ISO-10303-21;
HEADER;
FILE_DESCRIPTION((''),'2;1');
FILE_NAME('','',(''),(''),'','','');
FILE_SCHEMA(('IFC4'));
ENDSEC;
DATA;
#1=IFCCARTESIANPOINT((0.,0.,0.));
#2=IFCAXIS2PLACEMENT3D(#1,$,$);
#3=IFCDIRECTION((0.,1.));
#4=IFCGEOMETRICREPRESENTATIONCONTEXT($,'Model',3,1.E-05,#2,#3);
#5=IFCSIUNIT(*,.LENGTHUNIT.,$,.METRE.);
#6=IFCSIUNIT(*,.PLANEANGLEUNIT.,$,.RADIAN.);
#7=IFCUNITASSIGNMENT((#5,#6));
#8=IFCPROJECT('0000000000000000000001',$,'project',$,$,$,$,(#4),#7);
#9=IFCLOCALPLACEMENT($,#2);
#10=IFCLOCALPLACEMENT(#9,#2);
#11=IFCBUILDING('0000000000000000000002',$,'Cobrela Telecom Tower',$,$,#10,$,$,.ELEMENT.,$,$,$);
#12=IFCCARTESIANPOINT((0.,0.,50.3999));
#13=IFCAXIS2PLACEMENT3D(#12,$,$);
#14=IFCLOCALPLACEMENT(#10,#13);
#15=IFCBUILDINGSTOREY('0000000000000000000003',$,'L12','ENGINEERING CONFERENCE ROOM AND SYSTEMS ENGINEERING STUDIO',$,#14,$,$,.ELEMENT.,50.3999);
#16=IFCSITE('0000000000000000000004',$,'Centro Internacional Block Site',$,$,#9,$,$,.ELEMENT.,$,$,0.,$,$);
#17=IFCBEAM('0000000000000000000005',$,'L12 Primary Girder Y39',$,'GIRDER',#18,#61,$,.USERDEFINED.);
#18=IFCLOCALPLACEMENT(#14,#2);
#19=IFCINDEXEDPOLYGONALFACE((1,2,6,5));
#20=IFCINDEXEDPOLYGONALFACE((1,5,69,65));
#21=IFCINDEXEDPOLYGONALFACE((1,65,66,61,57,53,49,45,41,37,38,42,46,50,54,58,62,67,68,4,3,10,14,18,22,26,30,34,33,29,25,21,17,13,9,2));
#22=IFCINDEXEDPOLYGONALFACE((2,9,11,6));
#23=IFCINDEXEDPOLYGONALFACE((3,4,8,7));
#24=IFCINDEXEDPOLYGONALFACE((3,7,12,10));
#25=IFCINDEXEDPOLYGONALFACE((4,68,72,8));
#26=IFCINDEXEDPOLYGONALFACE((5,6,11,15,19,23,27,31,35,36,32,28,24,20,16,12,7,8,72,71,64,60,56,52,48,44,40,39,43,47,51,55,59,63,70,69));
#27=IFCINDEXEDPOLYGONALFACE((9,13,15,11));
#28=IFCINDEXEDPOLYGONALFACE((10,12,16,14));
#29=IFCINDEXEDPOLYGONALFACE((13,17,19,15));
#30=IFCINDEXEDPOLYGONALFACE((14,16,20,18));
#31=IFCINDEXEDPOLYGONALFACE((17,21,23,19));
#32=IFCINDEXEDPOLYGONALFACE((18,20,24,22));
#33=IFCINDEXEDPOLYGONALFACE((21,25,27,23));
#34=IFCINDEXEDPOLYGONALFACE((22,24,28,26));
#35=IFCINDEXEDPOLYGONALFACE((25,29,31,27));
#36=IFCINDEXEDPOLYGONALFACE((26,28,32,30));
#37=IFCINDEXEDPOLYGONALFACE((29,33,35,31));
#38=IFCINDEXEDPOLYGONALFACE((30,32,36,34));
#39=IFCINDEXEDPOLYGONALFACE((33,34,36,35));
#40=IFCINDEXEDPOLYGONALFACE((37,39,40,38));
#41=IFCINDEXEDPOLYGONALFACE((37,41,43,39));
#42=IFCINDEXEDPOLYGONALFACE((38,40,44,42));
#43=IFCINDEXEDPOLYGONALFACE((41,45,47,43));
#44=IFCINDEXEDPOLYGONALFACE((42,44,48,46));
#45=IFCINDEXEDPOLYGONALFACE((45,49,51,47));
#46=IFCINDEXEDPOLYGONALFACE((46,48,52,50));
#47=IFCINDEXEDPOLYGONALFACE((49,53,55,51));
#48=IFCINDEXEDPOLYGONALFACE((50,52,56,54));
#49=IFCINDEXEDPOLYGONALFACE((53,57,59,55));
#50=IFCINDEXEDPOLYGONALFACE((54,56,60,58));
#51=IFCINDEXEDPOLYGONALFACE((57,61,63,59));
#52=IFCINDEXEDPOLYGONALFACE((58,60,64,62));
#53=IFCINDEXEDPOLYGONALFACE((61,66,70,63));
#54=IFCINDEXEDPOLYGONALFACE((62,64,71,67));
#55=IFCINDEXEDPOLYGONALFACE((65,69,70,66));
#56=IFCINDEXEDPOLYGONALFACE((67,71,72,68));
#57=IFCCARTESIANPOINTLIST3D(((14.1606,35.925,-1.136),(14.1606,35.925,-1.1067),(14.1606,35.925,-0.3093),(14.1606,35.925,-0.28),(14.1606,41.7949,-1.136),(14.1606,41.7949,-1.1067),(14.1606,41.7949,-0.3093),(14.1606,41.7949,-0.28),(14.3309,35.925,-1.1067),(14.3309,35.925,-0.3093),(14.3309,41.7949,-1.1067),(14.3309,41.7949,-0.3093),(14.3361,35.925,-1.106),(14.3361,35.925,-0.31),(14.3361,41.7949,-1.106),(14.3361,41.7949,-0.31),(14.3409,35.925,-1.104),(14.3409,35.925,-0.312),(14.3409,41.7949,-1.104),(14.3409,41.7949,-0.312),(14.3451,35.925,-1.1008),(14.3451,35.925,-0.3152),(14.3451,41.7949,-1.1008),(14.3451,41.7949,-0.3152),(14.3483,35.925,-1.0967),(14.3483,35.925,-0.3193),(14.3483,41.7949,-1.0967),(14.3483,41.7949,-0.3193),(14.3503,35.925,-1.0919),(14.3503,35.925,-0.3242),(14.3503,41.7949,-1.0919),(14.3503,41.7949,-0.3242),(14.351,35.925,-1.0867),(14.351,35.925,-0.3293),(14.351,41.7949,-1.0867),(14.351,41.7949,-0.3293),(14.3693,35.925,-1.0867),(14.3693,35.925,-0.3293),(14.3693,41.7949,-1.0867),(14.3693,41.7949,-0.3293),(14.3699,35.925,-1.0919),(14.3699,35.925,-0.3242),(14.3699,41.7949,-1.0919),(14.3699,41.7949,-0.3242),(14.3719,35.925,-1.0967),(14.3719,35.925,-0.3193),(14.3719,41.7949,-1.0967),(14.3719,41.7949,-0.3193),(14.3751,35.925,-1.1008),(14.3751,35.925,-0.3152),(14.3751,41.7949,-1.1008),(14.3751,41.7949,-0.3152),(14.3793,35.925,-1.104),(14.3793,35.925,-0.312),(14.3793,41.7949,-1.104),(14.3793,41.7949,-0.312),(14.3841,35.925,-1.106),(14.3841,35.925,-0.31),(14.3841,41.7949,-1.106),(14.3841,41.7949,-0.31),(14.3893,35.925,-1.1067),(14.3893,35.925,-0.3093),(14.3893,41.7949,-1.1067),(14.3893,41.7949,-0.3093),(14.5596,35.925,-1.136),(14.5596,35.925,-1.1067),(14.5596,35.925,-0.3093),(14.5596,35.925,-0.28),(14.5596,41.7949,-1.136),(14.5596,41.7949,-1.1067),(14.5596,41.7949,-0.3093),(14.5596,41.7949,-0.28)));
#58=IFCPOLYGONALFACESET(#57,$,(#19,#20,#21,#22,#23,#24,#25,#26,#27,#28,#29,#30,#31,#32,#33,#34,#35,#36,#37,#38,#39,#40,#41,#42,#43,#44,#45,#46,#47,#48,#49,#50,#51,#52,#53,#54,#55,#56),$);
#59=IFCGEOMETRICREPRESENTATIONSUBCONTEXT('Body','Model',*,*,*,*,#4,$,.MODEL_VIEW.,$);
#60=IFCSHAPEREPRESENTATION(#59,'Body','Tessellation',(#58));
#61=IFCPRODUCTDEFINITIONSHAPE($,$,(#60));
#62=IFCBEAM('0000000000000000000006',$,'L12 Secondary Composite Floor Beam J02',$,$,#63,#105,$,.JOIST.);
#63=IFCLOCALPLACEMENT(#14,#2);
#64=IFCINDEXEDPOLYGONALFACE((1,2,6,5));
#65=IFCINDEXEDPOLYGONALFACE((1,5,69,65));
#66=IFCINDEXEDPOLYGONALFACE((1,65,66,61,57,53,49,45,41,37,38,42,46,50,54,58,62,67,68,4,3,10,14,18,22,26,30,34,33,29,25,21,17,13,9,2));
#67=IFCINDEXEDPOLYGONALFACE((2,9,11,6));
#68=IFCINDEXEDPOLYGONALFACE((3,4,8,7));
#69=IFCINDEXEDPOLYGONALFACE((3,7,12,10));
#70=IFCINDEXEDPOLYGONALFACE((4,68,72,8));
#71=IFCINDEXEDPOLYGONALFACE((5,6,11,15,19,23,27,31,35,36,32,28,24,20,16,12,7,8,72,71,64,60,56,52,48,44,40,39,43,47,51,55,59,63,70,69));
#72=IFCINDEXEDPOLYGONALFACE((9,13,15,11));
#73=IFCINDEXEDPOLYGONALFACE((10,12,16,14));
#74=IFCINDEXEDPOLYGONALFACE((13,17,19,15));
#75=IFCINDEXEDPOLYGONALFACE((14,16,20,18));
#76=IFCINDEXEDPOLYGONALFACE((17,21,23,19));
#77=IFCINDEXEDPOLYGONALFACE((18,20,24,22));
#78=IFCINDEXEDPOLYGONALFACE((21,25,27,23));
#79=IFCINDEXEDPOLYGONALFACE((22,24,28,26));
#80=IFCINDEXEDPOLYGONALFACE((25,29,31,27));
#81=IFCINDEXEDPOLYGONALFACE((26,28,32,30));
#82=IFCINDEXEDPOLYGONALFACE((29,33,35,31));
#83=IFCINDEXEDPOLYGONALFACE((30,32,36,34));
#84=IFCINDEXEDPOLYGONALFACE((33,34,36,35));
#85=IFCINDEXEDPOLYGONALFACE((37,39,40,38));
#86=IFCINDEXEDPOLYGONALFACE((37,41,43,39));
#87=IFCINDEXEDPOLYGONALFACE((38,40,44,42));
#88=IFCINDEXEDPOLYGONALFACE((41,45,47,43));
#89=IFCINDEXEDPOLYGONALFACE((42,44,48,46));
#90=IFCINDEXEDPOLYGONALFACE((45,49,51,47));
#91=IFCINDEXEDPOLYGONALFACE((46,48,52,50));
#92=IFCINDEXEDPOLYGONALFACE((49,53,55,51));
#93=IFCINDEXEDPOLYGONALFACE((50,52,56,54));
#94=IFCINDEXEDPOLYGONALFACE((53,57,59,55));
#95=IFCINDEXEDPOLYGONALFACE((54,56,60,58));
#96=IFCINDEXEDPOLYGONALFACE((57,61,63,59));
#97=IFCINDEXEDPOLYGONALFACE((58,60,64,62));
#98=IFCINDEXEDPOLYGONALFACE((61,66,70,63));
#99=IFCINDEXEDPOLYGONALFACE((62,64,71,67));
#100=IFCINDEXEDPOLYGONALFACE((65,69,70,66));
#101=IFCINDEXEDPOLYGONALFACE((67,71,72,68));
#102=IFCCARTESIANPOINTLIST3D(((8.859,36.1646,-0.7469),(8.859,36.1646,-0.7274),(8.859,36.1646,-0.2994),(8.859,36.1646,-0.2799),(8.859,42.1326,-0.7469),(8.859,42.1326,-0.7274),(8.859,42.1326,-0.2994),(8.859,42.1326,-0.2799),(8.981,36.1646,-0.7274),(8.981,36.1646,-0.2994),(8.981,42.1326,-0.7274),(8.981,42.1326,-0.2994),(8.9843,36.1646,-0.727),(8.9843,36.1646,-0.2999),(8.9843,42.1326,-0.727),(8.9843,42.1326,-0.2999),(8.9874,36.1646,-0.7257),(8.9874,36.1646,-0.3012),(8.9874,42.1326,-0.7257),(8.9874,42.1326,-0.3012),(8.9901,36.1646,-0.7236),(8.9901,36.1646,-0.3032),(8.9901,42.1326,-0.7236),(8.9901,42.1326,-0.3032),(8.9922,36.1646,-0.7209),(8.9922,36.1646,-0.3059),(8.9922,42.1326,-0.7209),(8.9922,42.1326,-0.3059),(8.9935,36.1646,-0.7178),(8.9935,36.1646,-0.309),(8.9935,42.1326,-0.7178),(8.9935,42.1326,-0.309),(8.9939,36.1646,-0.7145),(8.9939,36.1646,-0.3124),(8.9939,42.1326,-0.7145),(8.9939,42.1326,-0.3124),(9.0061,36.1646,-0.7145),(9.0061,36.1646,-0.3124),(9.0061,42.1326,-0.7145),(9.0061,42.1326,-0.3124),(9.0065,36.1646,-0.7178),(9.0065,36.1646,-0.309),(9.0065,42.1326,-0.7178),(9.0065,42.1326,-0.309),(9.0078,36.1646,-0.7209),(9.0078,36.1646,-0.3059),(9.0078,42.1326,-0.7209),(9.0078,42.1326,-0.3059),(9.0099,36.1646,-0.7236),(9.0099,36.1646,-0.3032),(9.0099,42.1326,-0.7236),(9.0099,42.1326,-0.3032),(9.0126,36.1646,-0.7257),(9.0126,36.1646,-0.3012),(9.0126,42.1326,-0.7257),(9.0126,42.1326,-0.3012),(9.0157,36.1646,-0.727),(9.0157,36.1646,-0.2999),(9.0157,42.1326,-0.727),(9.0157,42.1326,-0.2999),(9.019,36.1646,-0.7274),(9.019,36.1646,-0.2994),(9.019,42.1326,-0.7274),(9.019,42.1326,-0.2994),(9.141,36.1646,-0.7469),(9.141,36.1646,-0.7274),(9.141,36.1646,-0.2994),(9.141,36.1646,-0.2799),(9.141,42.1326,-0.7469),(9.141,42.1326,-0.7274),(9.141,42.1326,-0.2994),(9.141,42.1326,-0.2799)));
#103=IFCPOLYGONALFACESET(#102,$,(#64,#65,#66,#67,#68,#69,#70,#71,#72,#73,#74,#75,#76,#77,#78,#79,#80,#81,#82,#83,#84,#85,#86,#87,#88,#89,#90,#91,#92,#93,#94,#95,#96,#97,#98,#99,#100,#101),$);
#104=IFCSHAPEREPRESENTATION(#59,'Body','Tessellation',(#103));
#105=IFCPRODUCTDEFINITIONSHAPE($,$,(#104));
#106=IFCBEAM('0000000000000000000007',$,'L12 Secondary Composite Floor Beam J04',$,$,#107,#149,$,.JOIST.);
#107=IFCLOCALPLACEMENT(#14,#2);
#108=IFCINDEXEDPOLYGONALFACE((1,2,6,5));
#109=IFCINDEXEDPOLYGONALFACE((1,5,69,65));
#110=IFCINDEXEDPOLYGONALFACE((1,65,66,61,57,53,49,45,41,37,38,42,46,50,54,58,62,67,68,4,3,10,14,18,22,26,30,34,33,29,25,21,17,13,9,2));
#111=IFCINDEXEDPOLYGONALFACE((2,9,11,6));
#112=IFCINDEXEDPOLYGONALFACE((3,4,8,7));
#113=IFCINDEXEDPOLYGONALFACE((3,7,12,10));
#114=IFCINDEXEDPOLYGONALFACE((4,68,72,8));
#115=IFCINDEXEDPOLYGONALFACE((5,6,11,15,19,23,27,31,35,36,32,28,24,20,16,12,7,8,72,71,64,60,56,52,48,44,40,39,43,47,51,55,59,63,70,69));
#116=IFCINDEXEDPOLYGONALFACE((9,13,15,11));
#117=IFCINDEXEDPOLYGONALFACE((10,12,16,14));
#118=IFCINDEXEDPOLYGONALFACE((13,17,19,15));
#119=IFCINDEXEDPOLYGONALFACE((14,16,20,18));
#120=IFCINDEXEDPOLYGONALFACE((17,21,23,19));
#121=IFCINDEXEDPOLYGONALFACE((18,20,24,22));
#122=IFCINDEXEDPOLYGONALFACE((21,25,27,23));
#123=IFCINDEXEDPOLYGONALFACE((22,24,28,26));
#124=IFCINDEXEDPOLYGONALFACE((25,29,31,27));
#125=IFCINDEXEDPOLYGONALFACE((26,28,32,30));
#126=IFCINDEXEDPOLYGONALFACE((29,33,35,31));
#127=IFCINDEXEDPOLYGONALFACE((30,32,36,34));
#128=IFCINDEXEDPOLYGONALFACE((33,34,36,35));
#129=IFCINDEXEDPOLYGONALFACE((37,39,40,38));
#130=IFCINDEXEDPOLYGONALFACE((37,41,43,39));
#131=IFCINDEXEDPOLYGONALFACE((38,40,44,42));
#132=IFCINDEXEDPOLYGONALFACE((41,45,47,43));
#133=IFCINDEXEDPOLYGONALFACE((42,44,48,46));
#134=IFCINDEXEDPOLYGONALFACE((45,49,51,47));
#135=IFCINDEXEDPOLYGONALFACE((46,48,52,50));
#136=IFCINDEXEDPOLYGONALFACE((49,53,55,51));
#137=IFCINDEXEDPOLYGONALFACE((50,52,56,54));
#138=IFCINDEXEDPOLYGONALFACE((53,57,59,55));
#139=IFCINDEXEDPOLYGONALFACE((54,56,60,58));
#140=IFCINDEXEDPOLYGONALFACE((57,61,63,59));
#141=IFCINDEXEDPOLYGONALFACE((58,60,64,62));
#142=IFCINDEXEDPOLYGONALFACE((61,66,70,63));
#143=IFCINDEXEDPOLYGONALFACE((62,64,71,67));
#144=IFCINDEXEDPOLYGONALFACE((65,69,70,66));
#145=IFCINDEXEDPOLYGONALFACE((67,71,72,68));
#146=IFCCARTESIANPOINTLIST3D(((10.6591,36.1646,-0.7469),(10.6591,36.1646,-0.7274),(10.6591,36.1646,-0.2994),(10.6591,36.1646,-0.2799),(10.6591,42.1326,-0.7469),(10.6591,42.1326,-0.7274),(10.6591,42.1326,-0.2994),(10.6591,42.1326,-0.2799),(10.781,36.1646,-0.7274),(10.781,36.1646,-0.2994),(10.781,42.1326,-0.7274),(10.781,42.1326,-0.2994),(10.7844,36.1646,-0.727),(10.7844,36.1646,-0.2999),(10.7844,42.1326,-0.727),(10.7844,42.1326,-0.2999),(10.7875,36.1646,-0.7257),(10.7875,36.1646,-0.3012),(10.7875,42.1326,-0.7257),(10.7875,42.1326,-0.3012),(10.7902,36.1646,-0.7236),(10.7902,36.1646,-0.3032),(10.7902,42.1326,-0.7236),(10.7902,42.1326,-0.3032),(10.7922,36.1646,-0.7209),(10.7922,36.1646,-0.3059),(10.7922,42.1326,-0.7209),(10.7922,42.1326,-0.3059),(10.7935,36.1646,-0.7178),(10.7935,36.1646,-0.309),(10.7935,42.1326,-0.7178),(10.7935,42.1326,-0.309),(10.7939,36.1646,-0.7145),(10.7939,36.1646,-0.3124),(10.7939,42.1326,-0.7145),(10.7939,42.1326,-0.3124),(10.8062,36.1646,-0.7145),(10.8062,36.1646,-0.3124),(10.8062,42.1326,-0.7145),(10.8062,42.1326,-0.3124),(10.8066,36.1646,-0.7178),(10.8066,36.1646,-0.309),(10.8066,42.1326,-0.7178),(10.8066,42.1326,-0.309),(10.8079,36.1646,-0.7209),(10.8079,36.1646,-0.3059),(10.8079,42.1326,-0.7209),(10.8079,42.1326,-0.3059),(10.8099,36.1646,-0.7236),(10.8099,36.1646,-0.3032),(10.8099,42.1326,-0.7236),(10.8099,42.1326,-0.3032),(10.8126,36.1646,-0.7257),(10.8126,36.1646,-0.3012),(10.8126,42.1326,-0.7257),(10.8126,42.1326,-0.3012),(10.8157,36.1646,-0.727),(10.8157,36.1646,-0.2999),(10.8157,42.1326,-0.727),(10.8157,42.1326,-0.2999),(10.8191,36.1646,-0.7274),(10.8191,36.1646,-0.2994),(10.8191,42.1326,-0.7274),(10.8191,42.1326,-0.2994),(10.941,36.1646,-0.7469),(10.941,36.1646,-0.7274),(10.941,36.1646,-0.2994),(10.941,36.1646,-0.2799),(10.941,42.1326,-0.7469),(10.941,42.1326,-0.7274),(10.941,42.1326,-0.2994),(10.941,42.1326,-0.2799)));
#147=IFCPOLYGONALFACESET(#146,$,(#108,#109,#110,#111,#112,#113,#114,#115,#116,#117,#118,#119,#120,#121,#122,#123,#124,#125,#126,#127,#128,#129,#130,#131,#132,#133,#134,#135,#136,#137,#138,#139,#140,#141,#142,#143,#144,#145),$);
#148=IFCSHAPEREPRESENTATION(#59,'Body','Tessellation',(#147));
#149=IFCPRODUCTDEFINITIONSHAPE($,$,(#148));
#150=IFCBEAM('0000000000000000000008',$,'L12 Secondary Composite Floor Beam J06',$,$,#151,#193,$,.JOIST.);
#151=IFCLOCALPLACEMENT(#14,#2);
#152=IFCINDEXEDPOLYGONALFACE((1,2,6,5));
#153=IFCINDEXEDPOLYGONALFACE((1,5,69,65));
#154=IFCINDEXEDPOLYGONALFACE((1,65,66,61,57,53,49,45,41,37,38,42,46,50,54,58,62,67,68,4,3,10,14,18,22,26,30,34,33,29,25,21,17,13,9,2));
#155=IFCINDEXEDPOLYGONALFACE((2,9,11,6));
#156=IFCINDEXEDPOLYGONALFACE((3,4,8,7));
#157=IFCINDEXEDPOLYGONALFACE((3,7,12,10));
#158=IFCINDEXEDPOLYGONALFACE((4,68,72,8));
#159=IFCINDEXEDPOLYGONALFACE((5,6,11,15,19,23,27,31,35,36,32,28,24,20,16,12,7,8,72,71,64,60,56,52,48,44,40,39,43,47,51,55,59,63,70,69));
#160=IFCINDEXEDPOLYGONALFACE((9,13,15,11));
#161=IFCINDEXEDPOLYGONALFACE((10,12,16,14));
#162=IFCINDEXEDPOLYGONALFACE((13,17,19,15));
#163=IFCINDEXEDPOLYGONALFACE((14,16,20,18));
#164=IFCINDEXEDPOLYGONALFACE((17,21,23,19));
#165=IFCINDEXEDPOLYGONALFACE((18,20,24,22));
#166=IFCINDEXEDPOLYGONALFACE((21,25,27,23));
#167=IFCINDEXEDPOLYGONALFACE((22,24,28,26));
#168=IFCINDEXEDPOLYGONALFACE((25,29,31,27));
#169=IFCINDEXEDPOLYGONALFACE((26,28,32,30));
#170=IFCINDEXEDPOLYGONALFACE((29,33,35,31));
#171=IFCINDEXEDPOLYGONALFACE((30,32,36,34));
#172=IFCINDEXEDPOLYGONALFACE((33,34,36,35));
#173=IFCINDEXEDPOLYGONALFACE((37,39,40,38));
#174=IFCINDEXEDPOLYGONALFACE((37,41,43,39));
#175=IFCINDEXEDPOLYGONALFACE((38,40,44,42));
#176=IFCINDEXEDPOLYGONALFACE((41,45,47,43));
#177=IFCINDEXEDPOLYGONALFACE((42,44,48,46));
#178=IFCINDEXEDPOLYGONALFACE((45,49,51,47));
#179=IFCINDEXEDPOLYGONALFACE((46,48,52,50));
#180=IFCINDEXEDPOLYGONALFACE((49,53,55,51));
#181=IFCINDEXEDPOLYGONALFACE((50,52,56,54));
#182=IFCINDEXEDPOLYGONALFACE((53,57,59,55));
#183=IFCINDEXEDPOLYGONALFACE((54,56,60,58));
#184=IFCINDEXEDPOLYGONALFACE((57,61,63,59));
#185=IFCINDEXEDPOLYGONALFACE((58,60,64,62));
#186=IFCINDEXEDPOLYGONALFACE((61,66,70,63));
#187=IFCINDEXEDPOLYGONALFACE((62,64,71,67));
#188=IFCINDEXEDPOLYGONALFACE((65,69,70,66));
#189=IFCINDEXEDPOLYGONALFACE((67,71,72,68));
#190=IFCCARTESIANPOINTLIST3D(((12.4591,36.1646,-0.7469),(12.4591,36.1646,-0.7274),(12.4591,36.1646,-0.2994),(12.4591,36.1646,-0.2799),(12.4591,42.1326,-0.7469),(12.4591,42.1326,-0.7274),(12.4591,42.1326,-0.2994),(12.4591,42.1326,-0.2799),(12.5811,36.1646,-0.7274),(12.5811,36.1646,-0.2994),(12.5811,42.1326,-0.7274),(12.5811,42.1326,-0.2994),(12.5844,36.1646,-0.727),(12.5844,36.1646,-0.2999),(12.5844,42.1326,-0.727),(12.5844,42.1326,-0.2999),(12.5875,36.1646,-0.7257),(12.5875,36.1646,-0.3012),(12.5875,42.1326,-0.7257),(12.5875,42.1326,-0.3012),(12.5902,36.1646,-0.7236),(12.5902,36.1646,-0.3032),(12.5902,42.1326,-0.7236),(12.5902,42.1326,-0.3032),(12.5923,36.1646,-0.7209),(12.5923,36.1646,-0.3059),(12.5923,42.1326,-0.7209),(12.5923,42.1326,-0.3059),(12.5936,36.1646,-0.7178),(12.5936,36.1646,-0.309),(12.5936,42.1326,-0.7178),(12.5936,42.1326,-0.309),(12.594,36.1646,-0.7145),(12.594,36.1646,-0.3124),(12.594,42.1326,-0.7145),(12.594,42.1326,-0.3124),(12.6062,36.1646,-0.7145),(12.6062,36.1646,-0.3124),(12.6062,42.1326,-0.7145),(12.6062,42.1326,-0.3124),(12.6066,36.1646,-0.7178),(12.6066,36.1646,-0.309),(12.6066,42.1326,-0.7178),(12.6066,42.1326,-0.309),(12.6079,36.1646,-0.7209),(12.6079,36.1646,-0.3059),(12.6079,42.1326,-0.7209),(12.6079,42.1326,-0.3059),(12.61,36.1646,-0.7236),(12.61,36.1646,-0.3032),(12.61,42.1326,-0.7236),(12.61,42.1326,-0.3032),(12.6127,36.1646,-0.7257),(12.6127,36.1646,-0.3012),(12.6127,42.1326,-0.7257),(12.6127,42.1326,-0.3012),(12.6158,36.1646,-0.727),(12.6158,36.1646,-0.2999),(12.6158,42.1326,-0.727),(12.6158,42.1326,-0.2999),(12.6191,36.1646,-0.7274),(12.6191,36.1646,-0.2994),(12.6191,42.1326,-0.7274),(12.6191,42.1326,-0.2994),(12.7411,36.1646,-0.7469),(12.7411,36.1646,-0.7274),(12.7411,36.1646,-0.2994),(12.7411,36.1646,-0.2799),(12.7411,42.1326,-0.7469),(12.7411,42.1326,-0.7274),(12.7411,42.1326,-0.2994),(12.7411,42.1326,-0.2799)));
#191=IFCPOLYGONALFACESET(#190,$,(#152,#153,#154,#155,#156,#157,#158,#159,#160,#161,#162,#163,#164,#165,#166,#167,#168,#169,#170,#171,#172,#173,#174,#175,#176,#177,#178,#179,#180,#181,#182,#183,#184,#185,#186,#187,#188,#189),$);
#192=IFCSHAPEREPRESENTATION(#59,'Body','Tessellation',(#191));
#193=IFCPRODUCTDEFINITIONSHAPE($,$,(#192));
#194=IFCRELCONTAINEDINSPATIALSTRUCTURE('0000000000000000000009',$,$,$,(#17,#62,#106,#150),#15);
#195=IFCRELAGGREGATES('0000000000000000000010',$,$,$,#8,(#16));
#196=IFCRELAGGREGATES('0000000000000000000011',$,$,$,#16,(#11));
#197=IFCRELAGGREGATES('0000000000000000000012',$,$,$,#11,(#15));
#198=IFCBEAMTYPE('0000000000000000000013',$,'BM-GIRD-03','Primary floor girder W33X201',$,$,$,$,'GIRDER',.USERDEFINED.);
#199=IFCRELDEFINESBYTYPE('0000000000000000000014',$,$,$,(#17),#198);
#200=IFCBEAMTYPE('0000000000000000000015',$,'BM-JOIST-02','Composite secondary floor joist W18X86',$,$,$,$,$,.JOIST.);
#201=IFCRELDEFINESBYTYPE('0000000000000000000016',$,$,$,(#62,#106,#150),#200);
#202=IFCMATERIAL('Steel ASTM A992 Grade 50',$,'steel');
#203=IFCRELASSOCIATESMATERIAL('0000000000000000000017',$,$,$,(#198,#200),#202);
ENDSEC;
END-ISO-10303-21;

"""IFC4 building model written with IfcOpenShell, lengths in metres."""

from ifc_helpers import new_model, si_unit, direction, frame, origin, origin_2d, place, context, subcontext, project, spatial, i_section, extrude, material, material_profile, profile_set, type_object, element, save


model = new_model("IFC4")

# Units and contexts
model_context = context("Model", 3, precision=1e-05, world=origin(), true_north=direction((0.0, 1.0)))
body_context = subcontext(model_context, "Body", "Model", "MODEL_VIEW")
ifc_project = project(units=[si_unit("LENGTHUNIT", "METRE"), si_unit("PLANEANGLEUNIT", "RADIAN")], contexts=[model_context])

# Site, building, storey
site_placement = place(None, origin())
site = spatial("IfcSite", under=ifc_project, at=site_placement, Name="Centro Internacional Block Site", CompositionType="ELEMENT", RefElevation=0.0)
building_placement = place(site_placement, origin())
building = spatial("IfcBuilding", under=site, at=building_placement, Name="Cobrela Telecom Tower", CompositionType="ELEMENT")
storey_placement = place(building_placement, frame((0.0, 0.0, 50.3999)))
storey = spatial("IfcBuildingStorey", under=building, at=storey_placement, Name="L12", Description="ENGINEERING CONFERENCE ROOM AND SYSTEMS ENGINEERING STUDIO", CompositionType="ELEMENT", Elevation=50.3999)

# Beams
ifc_material_1 = material(Name="Steel ASTM A992 Grade 50", Category="steel")
ifc_material_profile_1 = material_profile(ifc_material_1, i_section(OverallWidth=0.3989, OverallDepth=0.856, WebThickness=0.0183, FlangeThickness=0.0293, FilletRadius=0.02, at=origin_2d()), Name="W33X201")
ifc_profile_set_1 = profile_set([ifc_material_profile_1], Name="Steel ASTM A992 Grade 50")
beam_type_1 = type_object("IfcBeamType", Name="BM-GIRD-03", Description="Primary floor girder W33X201", ElementType="GIRDER", PredefinedType="USERDEFINED", material=ifc_profile_set_1)
for number, where, z_axis, x_axis, name in (
    (1, (14.3601, 35.925, -0.708), (0.0, 1.0, 0.0), (-1.0, 0.0, 0.0), "L12 Primary Girder Y39"),
):
    element("IfcBeam", number, at=place(storey_placement, frame(where, z_axis=z_axis, x_axis=x_axis)), inside=storey, type_object=beam_type_1, Name=name, ObjectType="GIRDER", PredefinedType="USERDEFINED", context=body_context, shape_type="SweptSolid", body=[
        extrude(i_section(OverallWidth=0.3989, OverallDepth=0.856, WebThickness=0.0183, FlangeThickness=0.0293, FilletRadius=0.02, at=origin_2d()), origin(), (0.0, 0.0, 1.0), 5.8699),
    ])
ifc_material_profile_2 = material_profile(ifc_material_1, i_section(OverallWidth=0.282, OverallDepth=0.467, WebThickness=0.0122, FlangeThickness=0.0195, FilletRadius=0.0129, at=origin_2d()), Name="W18X86")
ifc_profile_set_2 = profile_set([ifc_material_profile_2], Name="Steel ASTM A992 Grade 50")
beam_type_2 = type_object("IfcBeamType", Name="BM-JOIST-02", Description="Composite secondary floor joist W18X86", PredefinedType="JOIST", material=ifc_profile_set_2)
for number, where, z_axis, x_axis, name in (
    (2, (9.0, 36.1646, -0.5134), (0.0, 1.0, 0.0), (-1.0, 0.0, 0.0), "L12 Secondary Composite Floor Beam J02"),
    (3, (10.8, 36.1646, -0.5134), (0.0, 1.0, 0.0), (-1.0, 0.0, 0.0), "L12 Secondary Composite Floor Beam J04"),
    (4, (12.6001, 36.1646, -0.5134), (0.0, 1.0, 0.0), (-1.0, 0.0, 0.0), "L12 Secondary Composite Floor Beam J06"),
):
    element("IfcBeam", number, at=place(storey_placement, frame(where, z_axis=z_axis, x_axis=x_axis)), inside=storey, type_object=beam_type_2, Name=name, PredefinedType="JOIST", context=body_context, shape_type="SweptSolid", body=[
        extrude(i_section(OverallWidth=0.282, OverallDepth=0.467, WebThickness=0.0122, FlangeThickness=0.0195, FilletRadius=0.0129, at=origin_2d()), origin(), (0.0, 0.0, 1.0), 5.968),
    ])

save(model, "model.ifc")
